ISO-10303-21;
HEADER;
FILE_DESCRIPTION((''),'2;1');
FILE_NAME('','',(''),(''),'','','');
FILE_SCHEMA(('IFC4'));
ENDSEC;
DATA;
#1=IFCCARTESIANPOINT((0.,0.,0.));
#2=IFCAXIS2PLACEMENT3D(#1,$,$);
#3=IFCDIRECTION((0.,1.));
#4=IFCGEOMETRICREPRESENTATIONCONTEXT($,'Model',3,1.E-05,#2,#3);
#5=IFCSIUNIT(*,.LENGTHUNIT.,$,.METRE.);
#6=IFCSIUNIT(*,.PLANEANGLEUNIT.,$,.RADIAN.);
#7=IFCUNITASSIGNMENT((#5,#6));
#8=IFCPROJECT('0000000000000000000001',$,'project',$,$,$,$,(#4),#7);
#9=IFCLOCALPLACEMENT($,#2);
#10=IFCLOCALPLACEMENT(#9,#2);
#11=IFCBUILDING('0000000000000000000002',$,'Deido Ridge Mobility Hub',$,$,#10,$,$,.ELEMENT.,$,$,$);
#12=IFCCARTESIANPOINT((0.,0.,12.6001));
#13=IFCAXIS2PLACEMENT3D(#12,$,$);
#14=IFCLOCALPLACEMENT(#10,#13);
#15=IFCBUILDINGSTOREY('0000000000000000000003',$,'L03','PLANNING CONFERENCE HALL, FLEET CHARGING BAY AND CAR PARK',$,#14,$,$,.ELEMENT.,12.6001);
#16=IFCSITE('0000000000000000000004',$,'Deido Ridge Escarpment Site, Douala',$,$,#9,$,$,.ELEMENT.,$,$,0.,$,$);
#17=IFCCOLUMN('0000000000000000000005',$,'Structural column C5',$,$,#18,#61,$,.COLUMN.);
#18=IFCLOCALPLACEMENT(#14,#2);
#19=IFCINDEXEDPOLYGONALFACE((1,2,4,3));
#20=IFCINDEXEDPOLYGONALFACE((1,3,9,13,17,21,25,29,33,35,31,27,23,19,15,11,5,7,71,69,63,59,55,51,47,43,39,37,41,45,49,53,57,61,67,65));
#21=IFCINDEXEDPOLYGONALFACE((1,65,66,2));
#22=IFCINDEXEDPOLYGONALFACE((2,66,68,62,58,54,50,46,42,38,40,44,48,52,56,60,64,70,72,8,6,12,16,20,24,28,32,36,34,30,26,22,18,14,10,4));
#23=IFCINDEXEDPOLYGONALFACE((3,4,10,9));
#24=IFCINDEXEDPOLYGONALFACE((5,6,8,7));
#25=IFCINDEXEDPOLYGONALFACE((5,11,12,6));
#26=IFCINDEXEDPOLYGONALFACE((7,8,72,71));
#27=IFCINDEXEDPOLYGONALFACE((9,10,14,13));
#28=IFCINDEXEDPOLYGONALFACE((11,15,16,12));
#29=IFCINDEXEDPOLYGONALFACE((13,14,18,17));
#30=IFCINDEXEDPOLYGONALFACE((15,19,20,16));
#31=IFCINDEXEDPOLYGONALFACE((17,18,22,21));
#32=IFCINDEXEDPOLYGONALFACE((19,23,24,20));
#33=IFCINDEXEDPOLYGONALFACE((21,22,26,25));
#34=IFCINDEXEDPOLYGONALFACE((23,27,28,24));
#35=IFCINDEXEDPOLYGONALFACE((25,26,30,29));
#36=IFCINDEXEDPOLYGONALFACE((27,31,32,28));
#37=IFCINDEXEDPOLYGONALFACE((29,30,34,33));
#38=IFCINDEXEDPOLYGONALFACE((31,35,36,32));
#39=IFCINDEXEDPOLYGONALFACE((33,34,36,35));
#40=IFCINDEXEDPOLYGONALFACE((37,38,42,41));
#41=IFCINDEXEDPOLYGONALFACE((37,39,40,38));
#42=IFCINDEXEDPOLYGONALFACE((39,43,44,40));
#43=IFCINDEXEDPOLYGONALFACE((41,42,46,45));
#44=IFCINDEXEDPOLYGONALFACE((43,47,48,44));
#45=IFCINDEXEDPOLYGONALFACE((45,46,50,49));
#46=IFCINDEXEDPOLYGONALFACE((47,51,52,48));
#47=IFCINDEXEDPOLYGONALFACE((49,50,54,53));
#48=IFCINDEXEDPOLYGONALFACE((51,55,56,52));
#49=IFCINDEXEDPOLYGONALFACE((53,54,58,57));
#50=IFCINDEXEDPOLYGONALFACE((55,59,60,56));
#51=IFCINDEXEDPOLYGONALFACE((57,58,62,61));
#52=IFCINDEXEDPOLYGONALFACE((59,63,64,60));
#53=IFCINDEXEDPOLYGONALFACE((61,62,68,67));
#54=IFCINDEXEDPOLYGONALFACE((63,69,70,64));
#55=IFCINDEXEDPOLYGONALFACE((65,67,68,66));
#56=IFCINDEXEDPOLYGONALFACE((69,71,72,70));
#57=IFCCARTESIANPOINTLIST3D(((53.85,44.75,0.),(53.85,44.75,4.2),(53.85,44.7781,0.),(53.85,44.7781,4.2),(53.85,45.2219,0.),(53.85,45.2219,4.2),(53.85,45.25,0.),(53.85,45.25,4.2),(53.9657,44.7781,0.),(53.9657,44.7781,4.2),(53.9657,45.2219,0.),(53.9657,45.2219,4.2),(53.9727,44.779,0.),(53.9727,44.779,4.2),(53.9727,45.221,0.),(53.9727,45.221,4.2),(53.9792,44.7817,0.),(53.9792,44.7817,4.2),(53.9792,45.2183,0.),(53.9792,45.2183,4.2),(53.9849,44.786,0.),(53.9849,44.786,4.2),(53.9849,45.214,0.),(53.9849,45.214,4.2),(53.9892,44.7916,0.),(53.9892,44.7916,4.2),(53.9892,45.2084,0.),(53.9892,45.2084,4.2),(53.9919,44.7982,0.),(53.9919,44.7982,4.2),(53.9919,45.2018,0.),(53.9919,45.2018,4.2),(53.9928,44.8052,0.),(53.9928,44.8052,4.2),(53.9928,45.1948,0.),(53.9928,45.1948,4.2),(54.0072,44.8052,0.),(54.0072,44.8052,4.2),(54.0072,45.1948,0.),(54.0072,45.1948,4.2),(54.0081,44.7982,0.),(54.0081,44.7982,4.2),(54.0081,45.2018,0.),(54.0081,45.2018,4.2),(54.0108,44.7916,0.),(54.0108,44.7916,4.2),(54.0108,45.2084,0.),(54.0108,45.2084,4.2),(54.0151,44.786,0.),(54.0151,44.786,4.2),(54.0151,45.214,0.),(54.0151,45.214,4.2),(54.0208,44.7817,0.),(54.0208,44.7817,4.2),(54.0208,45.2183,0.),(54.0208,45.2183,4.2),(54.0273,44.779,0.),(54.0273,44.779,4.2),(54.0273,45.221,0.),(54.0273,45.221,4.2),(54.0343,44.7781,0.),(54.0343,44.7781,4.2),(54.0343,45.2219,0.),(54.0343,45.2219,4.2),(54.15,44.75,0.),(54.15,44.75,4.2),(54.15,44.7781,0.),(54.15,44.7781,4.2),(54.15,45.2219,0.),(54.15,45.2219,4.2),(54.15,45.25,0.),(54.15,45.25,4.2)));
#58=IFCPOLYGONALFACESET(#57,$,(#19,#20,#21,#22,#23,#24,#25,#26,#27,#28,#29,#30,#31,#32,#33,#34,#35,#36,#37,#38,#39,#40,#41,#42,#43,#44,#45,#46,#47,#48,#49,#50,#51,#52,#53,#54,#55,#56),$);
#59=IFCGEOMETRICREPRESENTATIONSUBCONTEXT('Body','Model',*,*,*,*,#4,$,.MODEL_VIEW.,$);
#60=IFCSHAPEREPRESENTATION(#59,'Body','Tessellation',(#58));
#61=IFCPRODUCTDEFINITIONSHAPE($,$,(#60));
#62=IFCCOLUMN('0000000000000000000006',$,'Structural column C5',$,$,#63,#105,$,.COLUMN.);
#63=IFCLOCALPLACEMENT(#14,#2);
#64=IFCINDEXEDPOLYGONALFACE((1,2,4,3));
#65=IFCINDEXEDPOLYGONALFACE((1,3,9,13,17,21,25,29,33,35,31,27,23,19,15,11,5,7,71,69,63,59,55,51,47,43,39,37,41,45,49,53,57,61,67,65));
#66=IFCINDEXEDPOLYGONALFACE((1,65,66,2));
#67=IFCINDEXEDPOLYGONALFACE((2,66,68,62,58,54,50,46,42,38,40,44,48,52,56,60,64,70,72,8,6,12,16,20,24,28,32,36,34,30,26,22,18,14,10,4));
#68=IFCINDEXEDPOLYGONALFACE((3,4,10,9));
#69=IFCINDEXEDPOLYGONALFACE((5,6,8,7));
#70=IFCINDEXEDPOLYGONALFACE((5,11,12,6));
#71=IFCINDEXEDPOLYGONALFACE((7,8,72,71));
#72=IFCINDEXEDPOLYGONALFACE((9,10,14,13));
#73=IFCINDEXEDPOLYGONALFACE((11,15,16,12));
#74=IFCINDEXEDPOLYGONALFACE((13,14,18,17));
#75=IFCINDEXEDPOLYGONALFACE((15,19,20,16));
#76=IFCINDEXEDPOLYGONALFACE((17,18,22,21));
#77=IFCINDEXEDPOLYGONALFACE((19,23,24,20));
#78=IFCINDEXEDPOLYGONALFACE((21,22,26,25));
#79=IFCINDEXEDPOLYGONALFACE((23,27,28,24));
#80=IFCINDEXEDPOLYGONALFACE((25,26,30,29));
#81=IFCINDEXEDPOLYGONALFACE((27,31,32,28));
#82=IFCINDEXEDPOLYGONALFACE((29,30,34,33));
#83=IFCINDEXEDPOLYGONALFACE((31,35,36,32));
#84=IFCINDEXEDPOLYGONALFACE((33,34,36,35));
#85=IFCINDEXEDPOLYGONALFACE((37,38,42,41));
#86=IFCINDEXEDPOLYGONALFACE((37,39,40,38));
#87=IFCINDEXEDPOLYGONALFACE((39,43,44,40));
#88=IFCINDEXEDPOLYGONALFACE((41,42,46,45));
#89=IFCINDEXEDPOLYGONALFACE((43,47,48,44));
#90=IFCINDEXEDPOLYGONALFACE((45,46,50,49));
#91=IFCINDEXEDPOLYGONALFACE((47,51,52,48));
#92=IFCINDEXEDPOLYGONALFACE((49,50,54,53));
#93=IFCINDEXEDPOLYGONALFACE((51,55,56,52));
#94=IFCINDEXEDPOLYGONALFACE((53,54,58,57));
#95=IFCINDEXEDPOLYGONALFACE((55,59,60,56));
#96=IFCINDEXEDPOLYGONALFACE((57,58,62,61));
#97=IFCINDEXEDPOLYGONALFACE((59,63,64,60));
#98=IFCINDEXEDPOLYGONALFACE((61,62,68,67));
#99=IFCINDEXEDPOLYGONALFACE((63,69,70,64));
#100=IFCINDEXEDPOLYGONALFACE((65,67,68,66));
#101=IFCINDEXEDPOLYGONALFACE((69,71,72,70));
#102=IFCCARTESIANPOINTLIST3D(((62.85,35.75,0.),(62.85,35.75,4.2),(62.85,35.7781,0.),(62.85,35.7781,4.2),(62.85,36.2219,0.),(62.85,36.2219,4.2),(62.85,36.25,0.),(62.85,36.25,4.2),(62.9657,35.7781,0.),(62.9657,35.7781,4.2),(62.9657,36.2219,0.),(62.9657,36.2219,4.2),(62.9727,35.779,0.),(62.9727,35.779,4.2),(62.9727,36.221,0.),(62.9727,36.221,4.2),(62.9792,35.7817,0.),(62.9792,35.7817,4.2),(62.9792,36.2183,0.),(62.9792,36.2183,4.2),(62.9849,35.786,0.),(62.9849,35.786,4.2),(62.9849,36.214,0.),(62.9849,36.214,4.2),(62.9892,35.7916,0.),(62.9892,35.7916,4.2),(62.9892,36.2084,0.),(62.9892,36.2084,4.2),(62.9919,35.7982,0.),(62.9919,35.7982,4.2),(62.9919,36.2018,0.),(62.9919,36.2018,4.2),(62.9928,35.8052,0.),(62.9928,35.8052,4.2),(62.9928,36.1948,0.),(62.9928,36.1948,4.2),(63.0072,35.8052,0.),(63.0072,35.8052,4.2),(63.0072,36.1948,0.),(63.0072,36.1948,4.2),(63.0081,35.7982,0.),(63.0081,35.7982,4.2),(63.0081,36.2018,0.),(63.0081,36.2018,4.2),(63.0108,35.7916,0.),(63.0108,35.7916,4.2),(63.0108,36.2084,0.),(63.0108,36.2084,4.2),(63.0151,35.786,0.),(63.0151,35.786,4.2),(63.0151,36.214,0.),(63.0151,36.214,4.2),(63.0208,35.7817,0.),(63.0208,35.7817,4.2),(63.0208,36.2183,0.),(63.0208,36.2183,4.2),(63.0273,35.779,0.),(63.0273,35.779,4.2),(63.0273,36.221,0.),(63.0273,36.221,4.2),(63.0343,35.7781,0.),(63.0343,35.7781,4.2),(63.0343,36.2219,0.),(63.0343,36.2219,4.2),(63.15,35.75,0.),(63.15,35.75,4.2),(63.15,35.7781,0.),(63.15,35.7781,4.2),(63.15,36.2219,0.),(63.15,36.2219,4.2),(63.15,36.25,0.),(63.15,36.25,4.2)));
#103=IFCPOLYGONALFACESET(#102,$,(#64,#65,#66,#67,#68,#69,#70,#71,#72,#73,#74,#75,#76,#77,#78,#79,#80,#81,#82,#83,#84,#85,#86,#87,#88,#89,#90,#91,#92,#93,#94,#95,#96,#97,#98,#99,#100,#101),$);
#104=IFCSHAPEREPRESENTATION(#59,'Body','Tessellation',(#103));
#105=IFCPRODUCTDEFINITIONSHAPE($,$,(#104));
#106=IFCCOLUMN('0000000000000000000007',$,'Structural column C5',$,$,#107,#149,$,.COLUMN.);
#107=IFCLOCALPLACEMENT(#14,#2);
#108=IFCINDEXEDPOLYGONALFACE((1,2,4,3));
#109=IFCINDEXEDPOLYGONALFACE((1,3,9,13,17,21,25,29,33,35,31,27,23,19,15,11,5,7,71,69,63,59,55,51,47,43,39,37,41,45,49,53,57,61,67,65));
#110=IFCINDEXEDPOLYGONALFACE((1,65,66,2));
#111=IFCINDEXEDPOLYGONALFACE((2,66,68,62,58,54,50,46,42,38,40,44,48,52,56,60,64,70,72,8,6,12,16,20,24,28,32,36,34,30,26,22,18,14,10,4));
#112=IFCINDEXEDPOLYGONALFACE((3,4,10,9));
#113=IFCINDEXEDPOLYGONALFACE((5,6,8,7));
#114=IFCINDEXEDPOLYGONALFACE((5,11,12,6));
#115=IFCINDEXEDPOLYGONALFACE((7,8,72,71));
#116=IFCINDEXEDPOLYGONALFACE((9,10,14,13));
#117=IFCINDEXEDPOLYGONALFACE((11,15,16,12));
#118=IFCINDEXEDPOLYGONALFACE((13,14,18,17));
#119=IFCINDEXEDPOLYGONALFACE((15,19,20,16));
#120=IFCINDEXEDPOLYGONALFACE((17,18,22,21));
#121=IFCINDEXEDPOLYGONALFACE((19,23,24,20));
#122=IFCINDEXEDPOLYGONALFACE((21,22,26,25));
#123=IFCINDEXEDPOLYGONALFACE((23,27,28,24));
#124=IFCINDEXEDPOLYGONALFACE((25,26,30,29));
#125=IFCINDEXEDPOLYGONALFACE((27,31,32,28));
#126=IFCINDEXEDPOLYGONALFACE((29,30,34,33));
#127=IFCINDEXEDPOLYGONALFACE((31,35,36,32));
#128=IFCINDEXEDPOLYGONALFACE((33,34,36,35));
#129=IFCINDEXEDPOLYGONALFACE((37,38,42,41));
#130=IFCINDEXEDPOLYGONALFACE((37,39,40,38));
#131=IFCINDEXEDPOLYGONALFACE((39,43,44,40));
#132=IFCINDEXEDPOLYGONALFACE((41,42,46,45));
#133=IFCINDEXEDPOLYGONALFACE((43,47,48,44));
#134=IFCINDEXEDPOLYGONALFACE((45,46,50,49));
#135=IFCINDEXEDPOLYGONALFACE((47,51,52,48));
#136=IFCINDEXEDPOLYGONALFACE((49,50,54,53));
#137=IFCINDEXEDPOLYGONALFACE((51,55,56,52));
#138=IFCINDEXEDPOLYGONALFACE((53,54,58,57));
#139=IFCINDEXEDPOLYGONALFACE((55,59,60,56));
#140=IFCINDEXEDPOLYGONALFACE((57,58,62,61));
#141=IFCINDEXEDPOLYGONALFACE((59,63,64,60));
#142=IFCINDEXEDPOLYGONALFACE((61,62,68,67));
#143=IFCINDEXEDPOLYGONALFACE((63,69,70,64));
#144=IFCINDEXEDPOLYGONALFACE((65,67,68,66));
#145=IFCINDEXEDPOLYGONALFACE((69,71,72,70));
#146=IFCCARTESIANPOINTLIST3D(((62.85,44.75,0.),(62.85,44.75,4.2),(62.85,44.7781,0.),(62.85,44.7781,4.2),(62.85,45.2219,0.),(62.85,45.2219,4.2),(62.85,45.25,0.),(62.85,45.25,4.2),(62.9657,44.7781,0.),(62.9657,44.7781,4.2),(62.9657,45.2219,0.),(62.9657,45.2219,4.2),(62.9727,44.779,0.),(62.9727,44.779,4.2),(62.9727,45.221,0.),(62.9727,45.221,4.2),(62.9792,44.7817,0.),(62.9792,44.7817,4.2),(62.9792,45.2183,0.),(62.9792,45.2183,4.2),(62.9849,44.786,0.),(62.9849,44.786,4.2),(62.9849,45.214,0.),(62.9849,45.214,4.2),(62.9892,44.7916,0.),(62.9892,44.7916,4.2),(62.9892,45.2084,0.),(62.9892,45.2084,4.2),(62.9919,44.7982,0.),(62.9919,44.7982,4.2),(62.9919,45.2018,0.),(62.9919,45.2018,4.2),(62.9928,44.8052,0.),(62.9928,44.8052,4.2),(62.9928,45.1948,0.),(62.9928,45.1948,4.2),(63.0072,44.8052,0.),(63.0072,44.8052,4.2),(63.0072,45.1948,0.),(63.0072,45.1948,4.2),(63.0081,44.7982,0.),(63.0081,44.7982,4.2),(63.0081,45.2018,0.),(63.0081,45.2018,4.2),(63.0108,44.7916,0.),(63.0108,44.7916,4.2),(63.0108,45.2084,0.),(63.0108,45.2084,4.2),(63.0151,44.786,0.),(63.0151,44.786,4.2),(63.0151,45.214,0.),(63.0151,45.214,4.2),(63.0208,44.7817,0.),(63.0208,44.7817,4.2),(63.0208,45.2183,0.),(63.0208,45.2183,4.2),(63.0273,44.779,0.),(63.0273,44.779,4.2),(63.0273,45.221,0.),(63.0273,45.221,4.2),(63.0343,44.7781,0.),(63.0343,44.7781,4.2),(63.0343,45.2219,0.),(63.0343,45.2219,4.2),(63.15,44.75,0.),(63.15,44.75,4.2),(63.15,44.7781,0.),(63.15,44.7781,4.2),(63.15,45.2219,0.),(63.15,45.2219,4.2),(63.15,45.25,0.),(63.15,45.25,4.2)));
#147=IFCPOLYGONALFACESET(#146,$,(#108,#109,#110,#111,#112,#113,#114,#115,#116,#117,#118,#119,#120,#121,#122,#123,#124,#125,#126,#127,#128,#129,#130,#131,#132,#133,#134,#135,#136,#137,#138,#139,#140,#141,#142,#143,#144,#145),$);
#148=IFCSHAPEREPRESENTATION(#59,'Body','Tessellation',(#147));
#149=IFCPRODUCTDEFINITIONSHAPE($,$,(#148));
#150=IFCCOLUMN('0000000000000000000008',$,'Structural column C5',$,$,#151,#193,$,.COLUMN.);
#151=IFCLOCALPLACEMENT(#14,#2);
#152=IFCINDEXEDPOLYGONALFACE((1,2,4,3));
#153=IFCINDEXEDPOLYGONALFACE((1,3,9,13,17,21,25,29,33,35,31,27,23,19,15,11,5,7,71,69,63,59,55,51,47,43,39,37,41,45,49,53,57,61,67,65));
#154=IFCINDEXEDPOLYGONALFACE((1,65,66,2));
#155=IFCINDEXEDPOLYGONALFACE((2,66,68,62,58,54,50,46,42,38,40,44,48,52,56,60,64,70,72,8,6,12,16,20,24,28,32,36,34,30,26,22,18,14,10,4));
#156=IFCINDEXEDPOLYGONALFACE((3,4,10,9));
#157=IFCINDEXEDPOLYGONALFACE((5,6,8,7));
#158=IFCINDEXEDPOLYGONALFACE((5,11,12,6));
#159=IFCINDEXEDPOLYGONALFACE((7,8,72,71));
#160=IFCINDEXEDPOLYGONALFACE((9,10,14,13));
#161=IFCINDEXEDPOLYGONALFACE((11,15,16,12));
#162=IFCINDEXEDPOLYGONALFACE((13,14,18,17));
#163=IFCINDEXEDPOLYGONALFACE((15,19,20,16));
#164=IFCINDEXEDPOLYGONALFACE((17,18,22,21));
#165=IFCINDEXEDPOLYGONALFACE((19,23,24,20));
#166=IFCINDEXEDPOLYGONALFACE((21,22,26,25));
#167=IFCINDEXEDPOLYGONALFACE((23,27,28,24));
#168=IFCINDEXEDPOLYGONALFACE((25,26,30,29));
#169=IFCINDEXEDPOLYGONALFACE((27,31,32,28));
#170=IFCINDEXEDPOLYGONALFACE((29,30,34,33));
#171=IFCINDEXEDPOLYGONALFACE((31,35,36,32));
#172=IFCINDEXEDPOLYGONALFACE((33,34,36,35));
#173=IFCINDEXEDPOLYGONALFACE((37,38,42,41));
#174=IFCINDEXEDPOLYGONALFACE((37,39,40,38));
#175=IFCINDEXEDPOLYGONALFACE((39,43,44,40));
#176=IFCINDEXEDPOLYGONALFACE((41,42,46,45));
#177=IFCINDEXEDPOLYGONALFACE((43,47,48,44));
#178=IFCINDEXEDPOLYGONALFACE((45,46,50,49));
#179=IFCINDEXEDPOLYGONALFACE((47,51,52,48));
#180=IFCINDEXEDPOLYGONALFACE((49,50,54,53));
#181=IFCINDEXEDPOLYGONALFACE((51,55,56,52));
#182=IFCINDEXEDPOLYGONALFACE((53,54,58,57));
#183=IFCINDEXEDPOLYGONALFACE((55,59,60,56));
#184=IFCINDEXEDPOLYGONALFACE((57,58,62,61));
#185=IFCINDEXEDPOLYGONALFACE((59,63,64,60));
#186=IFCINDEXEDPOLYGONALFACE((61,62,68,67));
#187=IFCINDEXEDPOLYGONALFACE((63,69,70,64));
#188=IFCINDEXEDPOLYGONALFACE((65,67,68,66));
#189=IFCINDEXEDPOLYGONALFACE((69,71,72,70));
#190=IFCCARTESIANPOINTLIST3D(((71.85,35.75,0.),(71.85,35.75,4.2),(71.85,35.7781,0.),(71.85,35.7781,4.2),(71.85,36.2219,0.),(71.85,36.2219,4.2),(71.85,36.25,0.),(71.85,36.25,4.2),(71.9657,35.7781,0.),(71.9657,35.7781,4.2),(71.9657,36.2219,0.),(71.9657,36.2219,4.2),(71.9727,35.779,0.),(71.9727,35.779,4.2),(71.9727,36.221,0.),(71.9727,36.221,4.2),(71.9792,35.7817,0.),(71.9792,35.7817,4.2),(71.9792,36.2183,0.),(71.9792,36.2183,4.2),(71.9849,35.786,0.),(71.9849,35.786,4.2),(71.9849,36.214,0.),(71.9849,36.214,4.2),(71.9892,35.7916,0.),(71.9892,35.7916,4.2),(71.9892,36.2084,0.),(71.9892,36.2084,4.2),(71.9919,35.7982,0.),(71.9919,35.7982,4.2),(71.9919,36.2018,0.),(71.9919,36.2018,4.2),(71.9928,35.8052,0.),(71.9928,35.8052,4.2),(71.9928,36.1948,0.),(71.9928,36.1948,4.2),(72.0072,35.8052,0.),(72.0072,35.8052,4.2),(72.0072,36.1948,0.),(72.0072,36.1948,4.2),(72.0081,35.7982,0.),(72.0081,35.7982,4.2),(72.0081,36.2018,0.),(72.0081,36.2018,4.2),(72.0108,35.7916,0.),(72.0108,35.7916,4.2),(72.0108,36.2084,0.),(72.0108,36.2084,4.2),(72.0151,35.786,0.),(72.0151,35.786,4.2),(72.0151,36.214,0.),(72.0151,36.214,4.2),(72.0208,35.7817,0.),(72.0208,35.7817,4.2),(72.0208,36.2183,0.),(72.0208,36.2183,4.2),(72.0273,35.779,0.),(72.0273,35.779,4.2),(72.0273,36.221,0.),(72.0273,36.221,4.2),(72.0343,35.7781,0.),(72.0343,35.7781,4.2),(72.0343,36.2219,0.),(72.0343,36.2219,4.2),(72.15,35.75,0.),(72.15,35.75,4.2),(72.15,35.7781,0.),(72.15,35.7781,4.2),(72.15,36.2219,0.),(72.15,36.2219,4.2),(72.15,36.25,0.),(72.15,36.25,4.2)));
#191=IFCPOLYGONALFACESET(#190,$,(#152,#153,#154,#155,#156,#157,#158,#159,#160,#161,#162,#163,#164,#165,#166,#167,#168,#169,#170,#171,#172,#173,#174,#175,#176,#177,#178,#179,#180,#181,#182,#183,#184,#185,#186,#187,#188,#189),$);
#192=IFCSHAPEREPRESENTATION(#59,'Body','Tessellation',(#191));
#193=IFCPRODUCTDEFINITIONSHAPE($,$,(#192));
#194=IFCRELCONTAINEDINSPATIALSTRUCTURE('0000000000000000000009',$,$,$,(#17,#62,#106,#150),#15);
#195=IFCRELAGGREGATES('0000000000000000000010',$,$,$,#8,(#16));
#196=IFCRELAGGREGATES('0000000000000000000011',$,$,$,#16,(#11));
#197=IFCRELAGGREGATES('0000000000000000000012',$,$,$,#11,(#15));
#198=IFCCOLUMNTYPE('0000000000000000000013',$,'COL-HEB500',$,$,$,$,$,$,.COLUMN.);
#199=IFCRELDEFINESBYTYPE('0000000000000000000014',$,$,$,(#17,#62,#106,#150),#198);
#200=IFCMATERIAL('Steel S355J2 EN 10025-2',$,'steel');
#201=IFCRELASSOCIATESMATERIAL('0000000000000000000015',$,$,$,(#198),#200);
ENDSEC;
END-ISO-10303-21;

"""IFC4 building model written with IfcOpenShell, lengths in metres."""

from ifc_helpers import new_model, si_unit, direction, frame, origin, origin_2d, place, context, subcontext, project, spatial, i_section, extrude, material, material_profile, profile_set, type_object, element, save


model = new_model("IFC4")

# Units and contexts
model_context = context("Model", 3, precision=1e-05, world=origin(), true_north=direction((0.0, 1.0)))
body_context = subcontext(model_context, "Body", "Model", "MODEL_VIEW")
ifc_project = project(units=[si_unit("LENGTHUNIT", "METRE"), si_unit("PLANEANGLEUNIT", "RADIAN")], contexts=[model_context])

# Site, building, storey
site_placement = place(None, origin())
site = spatial("IfcSite", under=ifc_project, at=site_placement, Name="Deido Ridge Escarpment Site, Douala", CompositionType="ELEMENT", RefElevation=0.0)
building_placement = place(site_placement, origin())
building = spatial("IfcBuilding", under=site, at=building_placement, Name="Deido Ridge Mobility Hub", CompositionType="ELEMENT")
storey_placement = place(building_placement, frame((0.0, 0.0, 12.6001)))
storey = spatial("IfcBuildingStorey", under=building, at=storey_placement, Name="L03", Description="PLANNING CONFERENCE HALL, FLEET CHARGING BAY AND CAR PARK", CompositionType="ELEMENT", Elevation=12.6001)

# Columns
ifc_material_1 = material(Name="Steel S355J2 EN 10025-2", Category="steel")
ifc_material_profile_1 = material_profile(ifc_material_1, i_section(OverallWidth=0.3, OverallDepth=0.5, WebThickness=0.0144, FlangeThickness=0.0281, FilletRadius=0.0271, at=origin_2d()), Name="HEB 500")
ifc_profile_set_1 = profile_set([ifc_material_profile_1], Name="Steel S355J2 EN 10025-2")
column_type_1 = type_object("IfcColumnType", Name="COL-HEB500", PredefinedType="COLUMN", material=ifc_profile_set_1)
for number, where, z_axis, x_axis, name in (
    (1, (54.0, 45.0, 0.0), (0.0, 0.0, 1.0), (1.0, 0.0, 0.0), "Structural column C5"),
    (2, (63.0, 36.0, 0.0), (0.0, 0.0, 1.0), (1.0, 0.0, 0.0), "Structural column C5"),
    (3, (63.0, 45.0, 0.0), (0.0, 0.0, 1.0), (1.0, 0.0, 0.0), "Structural column C5"),
    (4, (72.0, 36.0, 0.0), (0.0, 0.0, 1.0), (1.0, 0.0, 0.0), "Structural column C5"),
):
    element("IfcColumn", number, at=place(storey_placement, frame(where, z_axis=z_axis, x_axis=x_axis)), inside=storey, type_object=column_type_1, Name=name, PredefinedType="COLUMN", context=body_context, shape_type="SweptSolid", body=[
        extrude(i_section(OverallWidth=0.3, OverallDepth=0.5, WebThickness=0.0144, FlangeThickness=0.0281, FilletRadius=0.0271, at=origin_2d()), origin(), (0.0, 0.0, 1.0), 4.2),
    ])

save(model, "model.ifc")
